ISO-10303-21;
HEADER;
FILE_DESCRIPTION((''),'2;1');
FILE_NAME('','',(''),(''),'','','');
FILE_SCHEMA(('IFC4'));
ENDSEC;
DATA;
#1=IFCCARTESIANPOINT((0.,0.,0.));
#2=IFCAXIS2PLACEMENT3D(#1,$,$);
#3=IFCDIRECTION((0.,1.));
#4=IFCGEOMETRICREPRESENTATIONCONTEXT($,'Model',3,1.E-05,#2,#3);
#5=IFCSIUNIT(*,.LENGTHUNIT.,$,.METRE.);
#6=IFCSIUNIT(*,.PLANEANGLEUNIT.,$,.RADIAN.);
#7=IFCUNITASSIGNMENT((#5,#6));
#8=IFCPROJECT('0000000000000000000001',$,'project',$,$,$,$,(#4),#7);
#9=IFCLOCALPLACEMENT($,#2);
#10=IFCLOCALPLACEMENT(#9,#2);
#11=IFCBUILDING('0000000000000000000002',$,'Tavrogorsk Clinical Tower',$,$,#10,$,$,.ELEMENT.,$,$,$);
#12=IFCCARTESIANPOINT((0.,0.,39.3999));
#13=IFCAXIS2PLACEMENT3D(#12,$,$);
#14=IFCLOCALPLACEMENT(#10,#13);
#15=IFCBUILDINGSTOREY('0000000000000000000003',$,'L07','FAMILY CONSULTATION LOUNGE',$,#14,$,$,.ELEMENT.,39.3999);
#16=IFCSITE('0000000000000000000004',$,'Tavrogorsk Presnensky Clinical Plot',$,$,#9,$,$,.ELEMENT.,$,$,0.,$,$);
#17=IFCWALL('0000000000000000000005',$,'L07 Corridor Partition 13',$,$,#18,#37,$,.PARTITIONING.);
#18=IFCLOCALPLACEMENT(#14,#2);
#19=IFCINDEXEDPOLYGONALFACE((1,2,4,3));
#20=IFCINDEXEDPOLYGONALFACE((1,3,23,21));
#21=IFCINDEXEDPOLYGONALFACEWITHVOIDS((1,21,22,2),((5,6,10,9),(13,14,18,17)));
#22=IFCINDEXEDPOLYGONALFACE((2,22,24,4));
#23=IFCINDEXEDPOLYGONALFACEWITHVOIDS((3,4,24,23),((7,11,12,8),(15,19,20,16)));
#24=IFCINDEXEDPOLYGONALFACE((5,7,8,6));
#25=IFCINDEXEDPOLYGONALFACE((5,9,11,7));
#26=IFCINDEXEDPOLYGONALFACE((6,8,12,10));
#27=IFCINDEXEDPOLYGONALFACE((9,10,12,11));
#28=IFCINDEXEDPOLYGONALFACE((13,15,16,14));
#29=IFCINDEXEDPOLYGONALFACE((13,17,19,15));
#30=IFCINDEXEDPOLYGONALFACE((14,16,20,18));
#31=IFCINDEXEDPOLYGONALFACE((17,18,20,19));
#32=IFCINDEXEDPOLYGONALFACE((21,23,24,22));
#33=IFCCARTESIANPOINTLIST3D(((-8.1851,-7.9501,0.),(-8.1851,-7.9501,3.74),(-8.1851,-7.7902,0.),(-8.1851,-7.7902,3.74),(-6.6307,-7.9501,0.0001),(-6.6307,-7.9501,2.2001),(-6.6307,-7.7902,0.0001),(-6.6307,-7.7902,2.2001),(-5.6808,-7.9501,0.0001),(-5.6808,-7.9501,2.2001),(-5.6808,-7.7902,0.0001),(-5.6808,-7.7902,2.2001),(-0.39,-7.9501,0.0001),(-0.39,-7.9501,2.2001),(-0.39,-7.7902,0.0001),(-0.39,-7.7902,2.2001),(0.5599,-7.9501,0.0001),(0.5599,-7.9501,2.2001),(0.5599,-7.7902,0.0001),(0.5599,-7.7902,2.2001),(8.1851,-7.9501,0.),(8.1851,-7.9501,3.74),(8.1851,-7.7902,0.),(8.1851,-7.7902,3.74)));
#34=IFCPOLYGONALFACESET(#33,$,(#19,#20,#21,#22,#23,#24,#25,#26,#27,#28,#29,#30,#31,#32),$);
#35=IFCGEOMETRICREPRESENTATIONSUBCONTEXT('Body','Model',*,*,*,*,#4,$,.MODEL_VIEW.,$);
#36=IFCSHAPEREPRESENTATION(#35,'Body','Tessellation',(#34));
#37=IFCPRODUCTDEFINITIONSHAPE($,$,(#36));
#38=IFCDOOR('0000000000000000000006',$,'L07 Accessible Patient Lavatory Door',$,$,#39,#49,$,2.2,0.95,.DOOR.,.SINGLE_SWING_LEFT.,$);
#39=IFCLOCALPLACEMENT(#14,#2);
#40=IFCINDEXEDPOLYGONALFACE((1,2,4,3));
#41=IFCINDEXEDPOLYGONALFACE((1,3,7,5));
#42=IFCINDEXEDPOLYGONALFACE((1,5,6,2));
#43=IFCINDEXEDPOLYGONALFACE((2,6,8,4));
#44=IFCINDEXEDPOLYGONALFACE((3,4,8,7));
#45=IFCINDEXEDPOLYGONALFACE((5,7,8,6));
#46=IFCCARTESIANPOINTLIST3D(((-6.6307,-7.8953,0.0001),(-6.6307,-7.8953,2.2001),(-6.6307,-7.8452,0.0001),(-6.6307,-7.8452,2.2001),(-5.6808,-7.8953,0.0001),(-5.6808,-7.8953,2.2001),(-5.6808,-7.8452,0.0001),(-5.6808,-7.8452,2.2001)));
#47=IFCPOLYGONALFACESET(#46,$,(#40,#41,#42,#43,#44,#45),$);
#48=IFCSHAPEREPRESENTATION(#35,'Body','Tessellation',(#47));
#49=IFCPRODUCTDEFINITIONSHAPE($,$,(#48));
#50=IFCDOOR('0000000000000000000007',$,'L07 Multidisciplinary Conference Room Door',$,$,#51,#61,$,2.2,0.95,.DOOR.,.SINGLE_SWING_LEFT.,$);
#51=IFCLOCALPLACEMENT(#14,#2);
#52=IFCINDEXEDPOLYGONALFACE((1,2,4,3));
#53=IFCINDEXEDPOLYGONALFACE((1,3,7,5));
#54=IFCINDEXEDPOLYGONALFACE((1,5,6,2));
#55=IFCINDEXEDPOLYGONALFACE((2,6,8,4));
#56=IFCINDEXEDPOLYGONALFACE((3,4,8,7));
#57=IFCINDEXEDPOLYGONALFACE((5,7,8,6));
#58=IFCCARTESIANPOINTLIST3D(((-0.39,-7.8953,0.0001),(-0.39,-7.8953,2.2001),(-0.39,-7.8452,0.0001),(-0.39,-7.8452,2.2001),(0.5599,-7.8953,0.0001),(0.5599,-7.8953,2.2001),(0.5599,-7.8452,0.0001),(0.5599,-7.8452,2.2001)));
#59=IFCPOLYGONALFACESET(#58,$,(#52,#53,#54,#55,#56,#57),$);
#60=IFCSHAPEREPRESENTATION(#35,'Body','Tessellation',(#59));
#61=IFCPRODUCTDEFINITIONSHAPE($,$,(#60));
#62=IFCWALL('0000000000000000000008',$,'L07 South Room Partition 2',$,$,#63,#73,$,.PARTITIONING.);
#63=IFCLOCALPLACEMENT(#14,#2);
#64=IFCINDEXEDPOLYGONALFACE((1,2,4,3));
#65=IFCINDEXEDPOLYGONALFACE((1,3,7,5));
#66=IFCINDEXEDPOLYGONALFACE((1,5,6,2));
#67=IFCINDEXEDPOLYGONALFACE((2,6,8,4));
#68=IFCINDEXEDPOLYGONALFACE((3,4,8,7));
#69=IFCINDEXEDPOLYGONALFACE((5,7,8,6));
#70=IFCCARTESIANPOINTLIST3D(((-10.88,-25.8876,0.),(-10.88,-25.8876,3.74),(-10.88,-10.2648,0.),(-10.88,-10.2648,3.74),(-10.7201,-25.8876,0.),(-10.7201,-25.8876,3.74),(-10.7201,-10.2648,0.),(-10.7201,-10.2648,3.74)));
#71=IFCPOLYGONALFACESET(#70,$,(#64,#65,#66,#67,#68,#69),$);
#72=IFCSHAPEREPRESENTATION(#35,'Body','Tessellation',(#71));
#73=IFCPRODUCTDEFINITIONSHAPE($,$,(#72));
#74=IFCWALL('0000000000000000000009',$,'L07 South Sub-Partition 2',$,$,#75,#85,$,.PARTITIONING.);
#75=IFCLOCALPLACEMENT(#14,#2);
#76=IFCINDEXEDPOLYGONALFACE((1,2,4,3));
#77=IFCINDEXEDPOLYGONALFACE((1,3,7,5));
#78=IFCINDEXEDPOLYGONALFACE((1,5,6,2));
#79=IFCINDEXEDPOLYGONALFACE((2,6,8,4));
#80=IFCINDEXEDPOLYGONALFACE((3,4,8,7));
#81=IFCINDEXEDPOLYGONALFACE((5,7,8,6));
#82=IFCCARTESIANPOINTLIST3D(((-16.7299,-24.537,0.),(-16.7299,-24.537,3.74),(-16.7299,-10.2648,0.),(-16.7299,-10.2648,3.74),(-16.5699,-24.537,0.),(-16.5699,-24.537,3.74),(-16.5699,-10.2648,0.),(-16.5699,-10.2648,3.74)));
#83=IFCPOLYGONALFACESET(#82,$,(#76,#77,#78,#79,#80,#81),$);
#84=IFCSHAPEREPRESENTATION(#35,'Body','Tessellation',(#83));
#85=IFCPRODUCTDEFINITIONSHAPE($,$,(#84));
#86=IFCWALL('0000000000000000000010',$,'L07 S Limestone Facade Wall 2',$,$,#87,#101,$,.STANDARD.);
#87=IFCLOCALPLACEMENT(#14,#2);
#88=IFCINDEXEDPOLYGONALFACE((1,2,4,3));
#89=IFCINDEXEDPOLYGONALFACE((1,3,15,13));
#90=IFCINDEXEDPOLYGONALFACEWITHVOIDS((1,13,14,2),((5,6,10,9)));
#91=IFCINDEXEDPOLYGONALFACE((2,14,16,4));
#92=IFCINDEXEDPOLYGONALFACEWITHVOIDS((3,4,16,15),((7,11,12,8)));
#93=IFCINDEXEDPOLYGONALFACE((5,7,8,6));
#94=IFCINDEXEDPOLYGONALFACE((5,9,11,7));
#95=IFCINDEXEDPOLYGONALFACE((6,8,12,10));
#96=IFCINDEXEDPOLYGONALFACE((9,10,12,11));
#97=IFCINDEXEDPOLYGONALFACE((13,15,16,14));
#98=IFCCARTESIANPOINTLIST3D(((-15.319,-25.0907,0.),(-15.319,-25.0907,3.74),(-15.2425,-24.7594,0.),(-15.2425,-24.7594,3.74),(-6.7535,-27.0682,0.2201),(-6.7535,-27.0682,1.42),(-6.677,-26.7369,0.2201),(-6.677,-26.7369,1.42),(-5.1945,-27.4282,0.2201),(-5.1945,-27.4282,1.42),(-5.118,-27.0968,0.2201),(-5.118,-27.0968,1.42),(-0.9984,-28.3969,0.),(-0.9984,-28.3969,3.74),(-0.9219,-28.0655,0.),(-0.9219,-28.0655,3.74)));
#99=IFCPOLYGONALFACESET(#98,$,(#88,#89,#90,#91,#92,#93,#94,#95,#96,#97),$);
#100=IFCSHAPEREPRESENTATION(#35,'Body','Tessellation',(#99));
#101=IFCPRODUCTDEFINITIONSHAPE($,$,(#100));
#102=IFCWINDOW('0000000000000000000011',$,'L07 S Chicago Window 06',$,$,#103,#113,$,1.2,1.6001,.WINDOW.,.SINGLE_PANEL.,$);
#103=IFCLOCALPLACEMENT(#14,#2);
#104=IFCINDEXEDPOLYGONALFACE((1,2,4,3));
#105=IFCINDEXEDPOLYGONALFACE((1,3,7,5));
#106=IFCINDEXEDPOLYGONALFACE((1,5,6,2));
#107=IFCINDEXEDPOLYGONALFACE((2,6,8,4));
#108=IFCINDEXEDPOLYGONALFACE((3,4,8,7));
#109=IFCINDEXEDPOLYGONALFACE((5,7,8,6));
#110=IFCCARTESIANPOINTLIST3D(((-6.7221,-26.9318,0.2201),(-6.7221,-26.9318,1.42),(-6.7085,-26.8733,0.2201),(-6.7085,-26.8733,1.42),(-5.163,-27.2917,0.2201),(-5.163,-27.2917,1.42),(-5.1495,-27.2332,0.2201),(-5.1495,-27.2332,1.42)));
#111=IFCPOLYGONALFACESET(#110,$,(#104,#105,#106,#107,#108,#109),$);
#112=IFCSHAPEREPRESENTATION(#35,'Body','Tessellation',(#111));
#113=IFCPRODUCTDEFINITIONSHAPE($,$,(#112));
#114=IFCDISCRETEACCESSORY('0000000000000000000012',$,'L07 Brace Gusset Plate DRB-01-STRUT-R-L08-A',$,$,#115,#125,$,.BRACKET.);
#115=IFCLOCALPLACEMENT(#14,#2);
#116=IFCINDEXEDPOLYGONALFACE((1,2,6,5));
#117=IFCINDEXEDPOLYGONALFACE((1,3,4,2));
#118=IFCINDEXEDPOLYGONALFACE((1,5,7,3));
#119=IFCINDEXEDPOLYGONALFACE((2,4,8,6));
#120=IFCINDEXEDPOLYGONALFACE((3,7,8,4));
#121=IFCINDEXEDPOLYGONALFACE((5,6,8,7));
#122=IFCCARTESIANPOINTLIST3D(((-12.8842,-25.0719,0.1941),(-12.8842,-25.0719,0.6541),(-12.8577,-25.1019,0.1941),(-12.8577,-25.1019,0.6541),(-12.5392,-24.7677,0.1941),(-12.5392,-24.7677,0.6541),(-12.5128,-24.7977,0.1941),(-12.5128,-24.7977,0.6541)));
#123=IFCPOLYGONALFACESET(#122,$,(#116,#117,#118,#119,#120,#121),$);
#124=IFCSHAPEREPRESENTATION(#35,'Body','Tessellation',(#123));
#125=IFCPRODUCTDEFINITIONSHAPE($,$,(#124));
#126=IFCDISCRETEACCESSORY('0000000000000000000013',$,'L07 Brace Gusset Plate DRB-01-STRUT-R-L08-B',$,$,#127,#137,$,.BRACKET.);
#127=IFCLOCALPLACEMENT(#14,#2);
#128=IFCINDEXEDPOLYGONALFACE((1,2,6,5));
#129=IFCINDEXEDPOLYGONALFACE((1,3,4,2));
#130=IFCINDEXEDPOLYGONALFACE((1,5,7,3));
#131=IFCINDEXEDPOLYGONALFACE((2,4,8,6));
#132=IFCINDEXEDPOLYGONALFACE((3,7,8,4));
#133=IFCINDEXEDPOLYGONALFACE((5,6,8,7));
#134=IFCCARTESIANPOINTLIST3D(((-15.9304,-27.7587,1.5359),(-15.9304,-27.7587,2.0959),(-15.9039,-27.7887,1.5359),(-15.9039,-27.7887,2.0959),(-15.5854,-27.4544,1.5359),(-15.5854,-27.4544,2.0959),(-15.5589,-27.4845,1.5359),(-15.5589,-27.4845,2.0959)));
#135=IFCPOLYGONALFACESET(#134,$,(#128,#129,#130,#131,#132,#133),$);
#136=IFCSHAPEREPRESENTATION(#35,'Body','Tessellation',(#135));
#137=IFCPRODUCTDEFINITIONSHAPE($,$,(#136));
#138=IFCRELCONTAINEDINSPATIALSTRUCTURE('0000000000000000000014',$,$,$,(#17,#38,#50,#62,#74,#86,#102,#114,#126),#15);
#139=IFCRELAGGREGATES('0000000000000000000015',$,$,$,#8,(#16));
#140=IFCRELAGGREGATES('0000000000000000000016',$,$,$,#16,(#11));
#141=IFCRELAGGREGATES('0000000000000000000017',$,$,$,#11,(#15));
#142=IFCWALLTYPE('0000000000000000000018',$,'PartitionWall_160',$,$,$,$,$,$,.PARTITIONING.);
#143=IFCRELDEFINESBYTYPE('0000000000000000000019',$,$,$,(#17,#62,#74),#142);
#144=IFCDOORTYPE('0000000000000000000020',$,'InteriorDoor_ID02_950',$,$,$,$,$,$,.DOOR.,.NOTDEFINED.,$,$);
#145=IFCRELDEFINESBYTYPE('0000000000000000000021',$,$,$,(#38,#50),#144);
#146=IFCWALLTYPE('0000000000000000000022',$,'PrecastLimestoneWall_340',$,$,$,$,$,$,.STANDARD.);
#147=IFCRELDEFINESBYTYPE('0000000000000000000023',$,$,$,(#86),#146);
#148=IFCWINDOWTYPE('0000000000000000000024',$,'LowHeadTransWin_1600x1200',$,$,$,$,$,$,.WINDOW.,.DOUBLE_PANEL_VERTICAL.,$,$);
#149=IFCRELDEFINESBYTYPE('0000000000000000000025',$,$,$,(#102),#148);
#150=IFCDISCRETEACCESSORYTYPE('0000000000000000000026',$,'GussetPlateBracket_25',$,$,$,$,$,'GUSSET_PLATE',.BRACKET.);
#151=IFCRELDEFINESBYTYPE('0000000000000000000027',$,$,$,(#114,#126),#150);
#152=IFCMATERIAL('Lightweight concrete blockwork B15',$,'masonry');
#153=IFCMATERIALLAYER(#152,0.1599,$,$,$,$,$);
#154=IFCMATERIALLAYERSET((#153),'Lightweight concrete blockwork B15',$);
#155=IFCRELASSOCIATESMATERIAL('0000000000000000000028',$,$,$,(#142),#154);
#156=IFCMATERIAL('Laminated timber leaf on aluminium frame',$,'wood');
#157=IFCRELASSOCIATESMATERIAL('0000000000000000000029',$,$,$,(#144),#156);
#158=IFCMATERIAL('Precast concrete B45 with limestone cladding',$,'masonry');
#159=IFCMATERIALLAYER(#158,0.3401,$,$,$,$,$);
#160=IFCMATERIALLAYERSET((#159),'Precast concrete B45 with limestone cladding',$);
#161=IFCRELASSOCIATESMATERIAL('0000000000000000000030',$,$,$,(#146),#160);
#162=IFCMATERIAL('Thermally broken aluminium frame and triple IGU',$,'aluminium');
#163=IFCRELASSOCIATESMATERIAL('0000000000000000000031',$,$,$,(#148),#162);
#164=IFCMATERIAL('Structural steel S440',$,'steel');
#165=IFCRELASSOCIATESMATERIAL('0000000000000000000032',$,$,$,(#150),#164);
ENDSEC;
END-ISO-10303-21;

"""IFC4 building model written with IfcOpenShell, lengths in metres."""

from ifc_helpers import new_model, si_unit, direction, frame, frame_2d, origin, origin_2d, place, context, subcontext, project, spatial, rectangle, extrude, material, layer, layer_set, type_object, element, fill, save


model = new_model("IFC4")

# Units and contexts
model_context = context("Model", 3, precision=1e-05, world=origin(), true_north=direction((0.0, 1.0)))
body_context = subcontext(model_context, "Body", "Model", "MODEL_VIEW")
ifc_project = project(units=[si_unit("LENGTHUNIT", "METRE"), si_unit("PLANEANGLEUNIT", "RADIAN")], contexts=[model_context])

# Site, building, storey
site_placement = place(None, origin())
site = spatial("IfcSite", under=ifc_project, at=site_placement, Name="Tavrogorsk Presnensky Clinical Plot", CompositionType="ELEMENT", RefElevation=0.0)
building_placement = place(site_placement, origin())
building = spatial("IfcBuilding", under=site, at=building_placement, Name="Tavrogorsk Clinical Tower", CompositionType="ELEMENT")
storey_placement = place(building_placement, frame((0.0, 0.0, 39.3999)))
storey = spatial("IfcBuildingStorey", under=building, at=storey_placement, Name="L07", Description="FAMILY CONSULTATION LOUNGE", CompositionType="ELEMENT", Elevation=39.3999)

# Wall, openings, doors
ifc_material_1 = material(Name="Lightweight concrete blockwork B15", Category="masonry")
ifc_layer_1 = layer(ifc_material_1, 0.1599)
ifc_layer_set_1 = layer_set([ifc_layer_1], Name="Lightweight concrete blockwork B15")
wall_type_1 = type_object("IfcWallType", Name="PartitionWall_160", PredefinedType="PARTITIONING", material=ifc_layer_set_1)
wall_1_placement = place(storey_placement, frame((-8.1851, -7.8701, 0.0), z_axis=(0.0, 0.0, 1.0), x_axis=(1.0, 0.0, 0.0)))
wall_1 = element("IfcWall", 1, at=wall_1_placement, inside=storey, type_object=wall_type_1, Name="L07 Corridor Partition 13", PredefinedType="PARTITIONING", context=body_context, shape_type="SweptSolid", body=[
    extrude(rectangle(XDim=16.3701, YDim=0.1599, at=frame_2d((8.1851, 0.0))), origin(), (0.0, 0.0, 1.0), 3.74),
])
opening_1_placement = place(wall_1_placement, frame((1.5542, 0.0, 0.0)))
opening_1 = element("IfcOpeningElement", 2, at=opening_1_placement, cuts=wall_1, PredefinedType="OPENING", context=body_context, shape_type="SweptSolid", body=[
    extrude(rectangle(XDim=0.95, YDim=2.2, at=frame_2d((0.4751, 1.1001))), frame((0.0, 0.0898, 0.0), z_axis=(0.0, -1.0, 0.0), x_axis=(1.0, 0.0, 0.0)), (0.0, 0.0, 1.0), 0.1799),
])
opening_2_placement = place(wall_1_placement, frame((7.7949, 0.0, 0.0)))
opening_2 = element("IfcOpeningElement", 3, at=opening_2_placement, cuts=wall_1, PredefinedType="OPENING", context=body_context, shape_type="SweptSolid", body=[
    extrude(rectangle(XDim=0.95, YDim=2.2, at=frame_2d((0.4751, 1.1001))), frame((0.0, 0.0898, 0.0), z_axis=(0.0, -1.0, 0.0), x_axis=(1.0, 0.0, 0.0)), (0.0, 0.0, 1.0), 0.1799),
])
ifc_material_2 = material(Name="Laminated timber leaf on aluminium frame", Category="wood")
door_type = type_object("IfcDoorType", Name="InteriorDoor_ID02_950", OperationType="NOTDEFINED", PredefinedType="DOOR", material=ifc_material_2)
door_1_placement = place(opening_1_placement, origin())
door_1 = element("IfcDoor", 4, at=door_1_placement, inside=storey, type_object=door_type, Name="L07 Accessible Patient Lavatory Door", OperationType="SINGLE_SWING_LEFT", OverallHeight=2.2, OverallWidth=0.95, PredefinedType="DOOR", context=body_context, shape_type="SweptSolid", body=[
    extrude(rectangle(XDim=0.95, YDim=2.2, at=frame_2d((0.4751, 1.1001))), frame((0.0, 0.0249, 0.0), z_axis=(0.0, -1.0, 0.0), x_axis=(1.0, 0.0, 0.0)), (0.0, 0.0, 1.0), 0.05),
])
fill(opening_1, door_1)
door_2_placement = place(opening_2_placement, origin())
door_2 = element("IfcDoor", 5, at=door_2_placement, inside=storey, type_object=door_type, Name="L07 Multidisciplinary Conference Room Door", OperationType="SINGLE_SWING_LEFT", OverallHeight=2.2, OverallWidth=0.95, PredefinedType="DOOR", context=body_context, shape_type="SweptSolid", body=[
    extrude(rectangle(XDim=0.95, YDim=2.2, at=frame_2d((0.4751, 1.1001))), frame((0.0, 0.0249, 0.0), z_axis=(0.0, -1.0, 0.0), x_axis=(1.0, 0.0, 0.0)), (0.0, 0.0, 1.0), 0.05),
])
fill(opening_2, door_2)

# Walls
wall_2_placement = place(storey_placement, frame((-10.8, -25.8877, 0.0), z_axis=(0.0, 0.0, 1.0), x_axis=(0.0, 1.0, 0.0)))
element("IfcWall", 6, at=wall_2_placement, inside=storey, type_object=wall_type_1, Name="L07 South Room Partition 2", PredefinedType="PARTITIONING", context=body_context, shape_type="SweptSolid", body=[
    extrude(rectangle(XDim=15.6228, YDim=0.1599, at=frame_2d((7.8115, 0.0))), origin(), (0.0, 0.0, 1.0), 3.74),
])
wall_3_placement = place(storey_placement, frame((-16.6499, -24.5371, 0.0), z_axis=(0.0, 0.0, 1.0), x_axis=(0.0, 1.0, 0.0)))
element("IfcWall", 7, at=wall_3_placement, inside=storey, type_object=wall_type_1, Name="L07 South Sub-Partition 2", PredefinedType="PARTITIONING", context=body_context, shape_type="SweptSolid", body=[
    extrude(rectangle(XDim=14.2722, YDim=0.1599, at=frame_2d((7.1362, 0.0))), origin(), (0.0, 0.0, 1.0), 3.74),
])

# Wall, opening, window
ifc_material_3 = material(Name="Precast concrete B45 with limestone cladding", Category="masonry")
ifc_layer_2 = layer(ifc_material_3, 0.3401)
ifc_layer_set_2 = layer_set([ifc_layer_2], Name="Precast concrete B45 with limestone cladding")
wall_type_2 = type_object("IfcWallType", Name="PrecastLimestoneWall_340", PredefinedType="STANDARD", material=ifc_layer_set_2)
wall_4_placement = place(storey_placement, frame((-15.2808, -24.925, 0.0), z_axis=(0.0, 0.0, 1.0), x_axis=(0.97437, -0.22495, 0.0)))
wall_4 = element("IfcWall", 8, at=wall_4_placement, inside=storey, type_object=wall_type_2, Name="L07 S Limestone Facade Wall 2", PredefinedType="STANDARD", context=body_context, shape_type="SweptSolid", body=[
    extrude(rectangle(XDim=14.6973, YDim=0.3401, at=frame_2d((7.3486, 0.0))), origin(), (0.0, 0.0, 1.0), 3.74),
])
opening_3_placement = place(wall_4_placement, frame((8.7908, 0.0, 0.22)))
opening_3 = element("IfcOpeningElement", 9, at=opening_3_placement, cuts=wall_4, PredefinedType="OPENING", context=body_context, shape_type="SweptSolid", body=[
    extrude(rectangle(XDim=1.6001, YDim=1.2, at=frame_2d((0.8, 0.6001))), frame((0.0, 0.1799, 0.0), z_axis=(0.0, -1.0, 0.0), x_axis=(1.0, 0.0, 0.0)), (0.0, 0.0, 1.0), 0.3601),
])
ifc_material_4 = material(Name="Thermally broken aluminium frame and triple IGU", Category="aluminium")
window_type = type_object("IfcWindowType", Name="LowHeadTransWin_1600x1200", PartitioningType="DOUBLE_PANEL_VERTICAL", PredefinedType="WINDOW", material=ifc_material_4)
window_placement = place(opening_3_placement, origin())
window = element("IfcWindow", 10, at=window_placement, inside=storey, type_object=window_type, Name="L07 S Chicago Window 06", OverallHeight=1.2, OverallWidth=1.6001, PartitioningType="SINGLE_PANEL", PredefinedType="WINDOW", context=body_context, shape_type="SweptSolid", body=[
    extrude(rectangle(XDim=1.6001, YDim=1.2, at=frame_2d((0.8, 0.6001))), frame((0.0, 0.03, 0.0), z_axis=(0.0, -1.0, 0.0), x_axis=(1.0, 0.0, 0.0)), (0.0, 0.0, 1.0), 0.0601),
])
fill(opening_3, window)

# Discrete accessories
ifc_material_5 = material(Name="Structural steel S440", Category="steel")
discrete_accessory_type = type_object("IfcDiscreteAccessoryType", Name="GussetPlateBracket_25", ElementType="GUSSET_PLATE", PredefinedType="BRACKET", material=ifc_material_5)
discrete_accessory_1_placement = place(storey_placement, frame((-12.6985, -24.9348, 0.1941), z_axis=(0.0, 0.0, 1.0), x_axis=(-0.749996, -0.661443, 0.0)))
element("IfcDiscreteAccessory", 11, at=discrete_accessory_1_placement, inside=storey, type_object=discrete_accessory_type, Name="L07 Brace Gusset Plate DRB-01-STRUT-R-L08-A", PredefinedType="BRACKET", context=body_context, shape_type="SweptSolid", body=[
    extrude(rectangle(XDim=0.46, YDim=0.04, at=origin_2d()), origin(), (0.0, 0.0, 1.0), 0.46),
])
discrete_accessory_2_placement = place(storey_placement, frame((-15.7446, -27.6216, 1.5359), z_axis=(0.0, 0.0, 1.0), x_axis=(-0.749996, -0.661443, 0.0)))
element("IfcDiscreteAccessory", 12, at=discrete_accessory_2_placement, inside=storey, type_object=discrete_accessory_type, Name="L07 Brace Gusset Plate DRB-01-STRUT-R-L08-B", PredefinedType="BRACKET", context=body_context, shape_type="SweptSolid", body=[
    extrude(rectangle(XDim=0.46, YDim=0.04, at=origin_2d()), origin(), (0.0, 0.0, 1.0), 0.5601),
])

save(model, "model.ifc")
